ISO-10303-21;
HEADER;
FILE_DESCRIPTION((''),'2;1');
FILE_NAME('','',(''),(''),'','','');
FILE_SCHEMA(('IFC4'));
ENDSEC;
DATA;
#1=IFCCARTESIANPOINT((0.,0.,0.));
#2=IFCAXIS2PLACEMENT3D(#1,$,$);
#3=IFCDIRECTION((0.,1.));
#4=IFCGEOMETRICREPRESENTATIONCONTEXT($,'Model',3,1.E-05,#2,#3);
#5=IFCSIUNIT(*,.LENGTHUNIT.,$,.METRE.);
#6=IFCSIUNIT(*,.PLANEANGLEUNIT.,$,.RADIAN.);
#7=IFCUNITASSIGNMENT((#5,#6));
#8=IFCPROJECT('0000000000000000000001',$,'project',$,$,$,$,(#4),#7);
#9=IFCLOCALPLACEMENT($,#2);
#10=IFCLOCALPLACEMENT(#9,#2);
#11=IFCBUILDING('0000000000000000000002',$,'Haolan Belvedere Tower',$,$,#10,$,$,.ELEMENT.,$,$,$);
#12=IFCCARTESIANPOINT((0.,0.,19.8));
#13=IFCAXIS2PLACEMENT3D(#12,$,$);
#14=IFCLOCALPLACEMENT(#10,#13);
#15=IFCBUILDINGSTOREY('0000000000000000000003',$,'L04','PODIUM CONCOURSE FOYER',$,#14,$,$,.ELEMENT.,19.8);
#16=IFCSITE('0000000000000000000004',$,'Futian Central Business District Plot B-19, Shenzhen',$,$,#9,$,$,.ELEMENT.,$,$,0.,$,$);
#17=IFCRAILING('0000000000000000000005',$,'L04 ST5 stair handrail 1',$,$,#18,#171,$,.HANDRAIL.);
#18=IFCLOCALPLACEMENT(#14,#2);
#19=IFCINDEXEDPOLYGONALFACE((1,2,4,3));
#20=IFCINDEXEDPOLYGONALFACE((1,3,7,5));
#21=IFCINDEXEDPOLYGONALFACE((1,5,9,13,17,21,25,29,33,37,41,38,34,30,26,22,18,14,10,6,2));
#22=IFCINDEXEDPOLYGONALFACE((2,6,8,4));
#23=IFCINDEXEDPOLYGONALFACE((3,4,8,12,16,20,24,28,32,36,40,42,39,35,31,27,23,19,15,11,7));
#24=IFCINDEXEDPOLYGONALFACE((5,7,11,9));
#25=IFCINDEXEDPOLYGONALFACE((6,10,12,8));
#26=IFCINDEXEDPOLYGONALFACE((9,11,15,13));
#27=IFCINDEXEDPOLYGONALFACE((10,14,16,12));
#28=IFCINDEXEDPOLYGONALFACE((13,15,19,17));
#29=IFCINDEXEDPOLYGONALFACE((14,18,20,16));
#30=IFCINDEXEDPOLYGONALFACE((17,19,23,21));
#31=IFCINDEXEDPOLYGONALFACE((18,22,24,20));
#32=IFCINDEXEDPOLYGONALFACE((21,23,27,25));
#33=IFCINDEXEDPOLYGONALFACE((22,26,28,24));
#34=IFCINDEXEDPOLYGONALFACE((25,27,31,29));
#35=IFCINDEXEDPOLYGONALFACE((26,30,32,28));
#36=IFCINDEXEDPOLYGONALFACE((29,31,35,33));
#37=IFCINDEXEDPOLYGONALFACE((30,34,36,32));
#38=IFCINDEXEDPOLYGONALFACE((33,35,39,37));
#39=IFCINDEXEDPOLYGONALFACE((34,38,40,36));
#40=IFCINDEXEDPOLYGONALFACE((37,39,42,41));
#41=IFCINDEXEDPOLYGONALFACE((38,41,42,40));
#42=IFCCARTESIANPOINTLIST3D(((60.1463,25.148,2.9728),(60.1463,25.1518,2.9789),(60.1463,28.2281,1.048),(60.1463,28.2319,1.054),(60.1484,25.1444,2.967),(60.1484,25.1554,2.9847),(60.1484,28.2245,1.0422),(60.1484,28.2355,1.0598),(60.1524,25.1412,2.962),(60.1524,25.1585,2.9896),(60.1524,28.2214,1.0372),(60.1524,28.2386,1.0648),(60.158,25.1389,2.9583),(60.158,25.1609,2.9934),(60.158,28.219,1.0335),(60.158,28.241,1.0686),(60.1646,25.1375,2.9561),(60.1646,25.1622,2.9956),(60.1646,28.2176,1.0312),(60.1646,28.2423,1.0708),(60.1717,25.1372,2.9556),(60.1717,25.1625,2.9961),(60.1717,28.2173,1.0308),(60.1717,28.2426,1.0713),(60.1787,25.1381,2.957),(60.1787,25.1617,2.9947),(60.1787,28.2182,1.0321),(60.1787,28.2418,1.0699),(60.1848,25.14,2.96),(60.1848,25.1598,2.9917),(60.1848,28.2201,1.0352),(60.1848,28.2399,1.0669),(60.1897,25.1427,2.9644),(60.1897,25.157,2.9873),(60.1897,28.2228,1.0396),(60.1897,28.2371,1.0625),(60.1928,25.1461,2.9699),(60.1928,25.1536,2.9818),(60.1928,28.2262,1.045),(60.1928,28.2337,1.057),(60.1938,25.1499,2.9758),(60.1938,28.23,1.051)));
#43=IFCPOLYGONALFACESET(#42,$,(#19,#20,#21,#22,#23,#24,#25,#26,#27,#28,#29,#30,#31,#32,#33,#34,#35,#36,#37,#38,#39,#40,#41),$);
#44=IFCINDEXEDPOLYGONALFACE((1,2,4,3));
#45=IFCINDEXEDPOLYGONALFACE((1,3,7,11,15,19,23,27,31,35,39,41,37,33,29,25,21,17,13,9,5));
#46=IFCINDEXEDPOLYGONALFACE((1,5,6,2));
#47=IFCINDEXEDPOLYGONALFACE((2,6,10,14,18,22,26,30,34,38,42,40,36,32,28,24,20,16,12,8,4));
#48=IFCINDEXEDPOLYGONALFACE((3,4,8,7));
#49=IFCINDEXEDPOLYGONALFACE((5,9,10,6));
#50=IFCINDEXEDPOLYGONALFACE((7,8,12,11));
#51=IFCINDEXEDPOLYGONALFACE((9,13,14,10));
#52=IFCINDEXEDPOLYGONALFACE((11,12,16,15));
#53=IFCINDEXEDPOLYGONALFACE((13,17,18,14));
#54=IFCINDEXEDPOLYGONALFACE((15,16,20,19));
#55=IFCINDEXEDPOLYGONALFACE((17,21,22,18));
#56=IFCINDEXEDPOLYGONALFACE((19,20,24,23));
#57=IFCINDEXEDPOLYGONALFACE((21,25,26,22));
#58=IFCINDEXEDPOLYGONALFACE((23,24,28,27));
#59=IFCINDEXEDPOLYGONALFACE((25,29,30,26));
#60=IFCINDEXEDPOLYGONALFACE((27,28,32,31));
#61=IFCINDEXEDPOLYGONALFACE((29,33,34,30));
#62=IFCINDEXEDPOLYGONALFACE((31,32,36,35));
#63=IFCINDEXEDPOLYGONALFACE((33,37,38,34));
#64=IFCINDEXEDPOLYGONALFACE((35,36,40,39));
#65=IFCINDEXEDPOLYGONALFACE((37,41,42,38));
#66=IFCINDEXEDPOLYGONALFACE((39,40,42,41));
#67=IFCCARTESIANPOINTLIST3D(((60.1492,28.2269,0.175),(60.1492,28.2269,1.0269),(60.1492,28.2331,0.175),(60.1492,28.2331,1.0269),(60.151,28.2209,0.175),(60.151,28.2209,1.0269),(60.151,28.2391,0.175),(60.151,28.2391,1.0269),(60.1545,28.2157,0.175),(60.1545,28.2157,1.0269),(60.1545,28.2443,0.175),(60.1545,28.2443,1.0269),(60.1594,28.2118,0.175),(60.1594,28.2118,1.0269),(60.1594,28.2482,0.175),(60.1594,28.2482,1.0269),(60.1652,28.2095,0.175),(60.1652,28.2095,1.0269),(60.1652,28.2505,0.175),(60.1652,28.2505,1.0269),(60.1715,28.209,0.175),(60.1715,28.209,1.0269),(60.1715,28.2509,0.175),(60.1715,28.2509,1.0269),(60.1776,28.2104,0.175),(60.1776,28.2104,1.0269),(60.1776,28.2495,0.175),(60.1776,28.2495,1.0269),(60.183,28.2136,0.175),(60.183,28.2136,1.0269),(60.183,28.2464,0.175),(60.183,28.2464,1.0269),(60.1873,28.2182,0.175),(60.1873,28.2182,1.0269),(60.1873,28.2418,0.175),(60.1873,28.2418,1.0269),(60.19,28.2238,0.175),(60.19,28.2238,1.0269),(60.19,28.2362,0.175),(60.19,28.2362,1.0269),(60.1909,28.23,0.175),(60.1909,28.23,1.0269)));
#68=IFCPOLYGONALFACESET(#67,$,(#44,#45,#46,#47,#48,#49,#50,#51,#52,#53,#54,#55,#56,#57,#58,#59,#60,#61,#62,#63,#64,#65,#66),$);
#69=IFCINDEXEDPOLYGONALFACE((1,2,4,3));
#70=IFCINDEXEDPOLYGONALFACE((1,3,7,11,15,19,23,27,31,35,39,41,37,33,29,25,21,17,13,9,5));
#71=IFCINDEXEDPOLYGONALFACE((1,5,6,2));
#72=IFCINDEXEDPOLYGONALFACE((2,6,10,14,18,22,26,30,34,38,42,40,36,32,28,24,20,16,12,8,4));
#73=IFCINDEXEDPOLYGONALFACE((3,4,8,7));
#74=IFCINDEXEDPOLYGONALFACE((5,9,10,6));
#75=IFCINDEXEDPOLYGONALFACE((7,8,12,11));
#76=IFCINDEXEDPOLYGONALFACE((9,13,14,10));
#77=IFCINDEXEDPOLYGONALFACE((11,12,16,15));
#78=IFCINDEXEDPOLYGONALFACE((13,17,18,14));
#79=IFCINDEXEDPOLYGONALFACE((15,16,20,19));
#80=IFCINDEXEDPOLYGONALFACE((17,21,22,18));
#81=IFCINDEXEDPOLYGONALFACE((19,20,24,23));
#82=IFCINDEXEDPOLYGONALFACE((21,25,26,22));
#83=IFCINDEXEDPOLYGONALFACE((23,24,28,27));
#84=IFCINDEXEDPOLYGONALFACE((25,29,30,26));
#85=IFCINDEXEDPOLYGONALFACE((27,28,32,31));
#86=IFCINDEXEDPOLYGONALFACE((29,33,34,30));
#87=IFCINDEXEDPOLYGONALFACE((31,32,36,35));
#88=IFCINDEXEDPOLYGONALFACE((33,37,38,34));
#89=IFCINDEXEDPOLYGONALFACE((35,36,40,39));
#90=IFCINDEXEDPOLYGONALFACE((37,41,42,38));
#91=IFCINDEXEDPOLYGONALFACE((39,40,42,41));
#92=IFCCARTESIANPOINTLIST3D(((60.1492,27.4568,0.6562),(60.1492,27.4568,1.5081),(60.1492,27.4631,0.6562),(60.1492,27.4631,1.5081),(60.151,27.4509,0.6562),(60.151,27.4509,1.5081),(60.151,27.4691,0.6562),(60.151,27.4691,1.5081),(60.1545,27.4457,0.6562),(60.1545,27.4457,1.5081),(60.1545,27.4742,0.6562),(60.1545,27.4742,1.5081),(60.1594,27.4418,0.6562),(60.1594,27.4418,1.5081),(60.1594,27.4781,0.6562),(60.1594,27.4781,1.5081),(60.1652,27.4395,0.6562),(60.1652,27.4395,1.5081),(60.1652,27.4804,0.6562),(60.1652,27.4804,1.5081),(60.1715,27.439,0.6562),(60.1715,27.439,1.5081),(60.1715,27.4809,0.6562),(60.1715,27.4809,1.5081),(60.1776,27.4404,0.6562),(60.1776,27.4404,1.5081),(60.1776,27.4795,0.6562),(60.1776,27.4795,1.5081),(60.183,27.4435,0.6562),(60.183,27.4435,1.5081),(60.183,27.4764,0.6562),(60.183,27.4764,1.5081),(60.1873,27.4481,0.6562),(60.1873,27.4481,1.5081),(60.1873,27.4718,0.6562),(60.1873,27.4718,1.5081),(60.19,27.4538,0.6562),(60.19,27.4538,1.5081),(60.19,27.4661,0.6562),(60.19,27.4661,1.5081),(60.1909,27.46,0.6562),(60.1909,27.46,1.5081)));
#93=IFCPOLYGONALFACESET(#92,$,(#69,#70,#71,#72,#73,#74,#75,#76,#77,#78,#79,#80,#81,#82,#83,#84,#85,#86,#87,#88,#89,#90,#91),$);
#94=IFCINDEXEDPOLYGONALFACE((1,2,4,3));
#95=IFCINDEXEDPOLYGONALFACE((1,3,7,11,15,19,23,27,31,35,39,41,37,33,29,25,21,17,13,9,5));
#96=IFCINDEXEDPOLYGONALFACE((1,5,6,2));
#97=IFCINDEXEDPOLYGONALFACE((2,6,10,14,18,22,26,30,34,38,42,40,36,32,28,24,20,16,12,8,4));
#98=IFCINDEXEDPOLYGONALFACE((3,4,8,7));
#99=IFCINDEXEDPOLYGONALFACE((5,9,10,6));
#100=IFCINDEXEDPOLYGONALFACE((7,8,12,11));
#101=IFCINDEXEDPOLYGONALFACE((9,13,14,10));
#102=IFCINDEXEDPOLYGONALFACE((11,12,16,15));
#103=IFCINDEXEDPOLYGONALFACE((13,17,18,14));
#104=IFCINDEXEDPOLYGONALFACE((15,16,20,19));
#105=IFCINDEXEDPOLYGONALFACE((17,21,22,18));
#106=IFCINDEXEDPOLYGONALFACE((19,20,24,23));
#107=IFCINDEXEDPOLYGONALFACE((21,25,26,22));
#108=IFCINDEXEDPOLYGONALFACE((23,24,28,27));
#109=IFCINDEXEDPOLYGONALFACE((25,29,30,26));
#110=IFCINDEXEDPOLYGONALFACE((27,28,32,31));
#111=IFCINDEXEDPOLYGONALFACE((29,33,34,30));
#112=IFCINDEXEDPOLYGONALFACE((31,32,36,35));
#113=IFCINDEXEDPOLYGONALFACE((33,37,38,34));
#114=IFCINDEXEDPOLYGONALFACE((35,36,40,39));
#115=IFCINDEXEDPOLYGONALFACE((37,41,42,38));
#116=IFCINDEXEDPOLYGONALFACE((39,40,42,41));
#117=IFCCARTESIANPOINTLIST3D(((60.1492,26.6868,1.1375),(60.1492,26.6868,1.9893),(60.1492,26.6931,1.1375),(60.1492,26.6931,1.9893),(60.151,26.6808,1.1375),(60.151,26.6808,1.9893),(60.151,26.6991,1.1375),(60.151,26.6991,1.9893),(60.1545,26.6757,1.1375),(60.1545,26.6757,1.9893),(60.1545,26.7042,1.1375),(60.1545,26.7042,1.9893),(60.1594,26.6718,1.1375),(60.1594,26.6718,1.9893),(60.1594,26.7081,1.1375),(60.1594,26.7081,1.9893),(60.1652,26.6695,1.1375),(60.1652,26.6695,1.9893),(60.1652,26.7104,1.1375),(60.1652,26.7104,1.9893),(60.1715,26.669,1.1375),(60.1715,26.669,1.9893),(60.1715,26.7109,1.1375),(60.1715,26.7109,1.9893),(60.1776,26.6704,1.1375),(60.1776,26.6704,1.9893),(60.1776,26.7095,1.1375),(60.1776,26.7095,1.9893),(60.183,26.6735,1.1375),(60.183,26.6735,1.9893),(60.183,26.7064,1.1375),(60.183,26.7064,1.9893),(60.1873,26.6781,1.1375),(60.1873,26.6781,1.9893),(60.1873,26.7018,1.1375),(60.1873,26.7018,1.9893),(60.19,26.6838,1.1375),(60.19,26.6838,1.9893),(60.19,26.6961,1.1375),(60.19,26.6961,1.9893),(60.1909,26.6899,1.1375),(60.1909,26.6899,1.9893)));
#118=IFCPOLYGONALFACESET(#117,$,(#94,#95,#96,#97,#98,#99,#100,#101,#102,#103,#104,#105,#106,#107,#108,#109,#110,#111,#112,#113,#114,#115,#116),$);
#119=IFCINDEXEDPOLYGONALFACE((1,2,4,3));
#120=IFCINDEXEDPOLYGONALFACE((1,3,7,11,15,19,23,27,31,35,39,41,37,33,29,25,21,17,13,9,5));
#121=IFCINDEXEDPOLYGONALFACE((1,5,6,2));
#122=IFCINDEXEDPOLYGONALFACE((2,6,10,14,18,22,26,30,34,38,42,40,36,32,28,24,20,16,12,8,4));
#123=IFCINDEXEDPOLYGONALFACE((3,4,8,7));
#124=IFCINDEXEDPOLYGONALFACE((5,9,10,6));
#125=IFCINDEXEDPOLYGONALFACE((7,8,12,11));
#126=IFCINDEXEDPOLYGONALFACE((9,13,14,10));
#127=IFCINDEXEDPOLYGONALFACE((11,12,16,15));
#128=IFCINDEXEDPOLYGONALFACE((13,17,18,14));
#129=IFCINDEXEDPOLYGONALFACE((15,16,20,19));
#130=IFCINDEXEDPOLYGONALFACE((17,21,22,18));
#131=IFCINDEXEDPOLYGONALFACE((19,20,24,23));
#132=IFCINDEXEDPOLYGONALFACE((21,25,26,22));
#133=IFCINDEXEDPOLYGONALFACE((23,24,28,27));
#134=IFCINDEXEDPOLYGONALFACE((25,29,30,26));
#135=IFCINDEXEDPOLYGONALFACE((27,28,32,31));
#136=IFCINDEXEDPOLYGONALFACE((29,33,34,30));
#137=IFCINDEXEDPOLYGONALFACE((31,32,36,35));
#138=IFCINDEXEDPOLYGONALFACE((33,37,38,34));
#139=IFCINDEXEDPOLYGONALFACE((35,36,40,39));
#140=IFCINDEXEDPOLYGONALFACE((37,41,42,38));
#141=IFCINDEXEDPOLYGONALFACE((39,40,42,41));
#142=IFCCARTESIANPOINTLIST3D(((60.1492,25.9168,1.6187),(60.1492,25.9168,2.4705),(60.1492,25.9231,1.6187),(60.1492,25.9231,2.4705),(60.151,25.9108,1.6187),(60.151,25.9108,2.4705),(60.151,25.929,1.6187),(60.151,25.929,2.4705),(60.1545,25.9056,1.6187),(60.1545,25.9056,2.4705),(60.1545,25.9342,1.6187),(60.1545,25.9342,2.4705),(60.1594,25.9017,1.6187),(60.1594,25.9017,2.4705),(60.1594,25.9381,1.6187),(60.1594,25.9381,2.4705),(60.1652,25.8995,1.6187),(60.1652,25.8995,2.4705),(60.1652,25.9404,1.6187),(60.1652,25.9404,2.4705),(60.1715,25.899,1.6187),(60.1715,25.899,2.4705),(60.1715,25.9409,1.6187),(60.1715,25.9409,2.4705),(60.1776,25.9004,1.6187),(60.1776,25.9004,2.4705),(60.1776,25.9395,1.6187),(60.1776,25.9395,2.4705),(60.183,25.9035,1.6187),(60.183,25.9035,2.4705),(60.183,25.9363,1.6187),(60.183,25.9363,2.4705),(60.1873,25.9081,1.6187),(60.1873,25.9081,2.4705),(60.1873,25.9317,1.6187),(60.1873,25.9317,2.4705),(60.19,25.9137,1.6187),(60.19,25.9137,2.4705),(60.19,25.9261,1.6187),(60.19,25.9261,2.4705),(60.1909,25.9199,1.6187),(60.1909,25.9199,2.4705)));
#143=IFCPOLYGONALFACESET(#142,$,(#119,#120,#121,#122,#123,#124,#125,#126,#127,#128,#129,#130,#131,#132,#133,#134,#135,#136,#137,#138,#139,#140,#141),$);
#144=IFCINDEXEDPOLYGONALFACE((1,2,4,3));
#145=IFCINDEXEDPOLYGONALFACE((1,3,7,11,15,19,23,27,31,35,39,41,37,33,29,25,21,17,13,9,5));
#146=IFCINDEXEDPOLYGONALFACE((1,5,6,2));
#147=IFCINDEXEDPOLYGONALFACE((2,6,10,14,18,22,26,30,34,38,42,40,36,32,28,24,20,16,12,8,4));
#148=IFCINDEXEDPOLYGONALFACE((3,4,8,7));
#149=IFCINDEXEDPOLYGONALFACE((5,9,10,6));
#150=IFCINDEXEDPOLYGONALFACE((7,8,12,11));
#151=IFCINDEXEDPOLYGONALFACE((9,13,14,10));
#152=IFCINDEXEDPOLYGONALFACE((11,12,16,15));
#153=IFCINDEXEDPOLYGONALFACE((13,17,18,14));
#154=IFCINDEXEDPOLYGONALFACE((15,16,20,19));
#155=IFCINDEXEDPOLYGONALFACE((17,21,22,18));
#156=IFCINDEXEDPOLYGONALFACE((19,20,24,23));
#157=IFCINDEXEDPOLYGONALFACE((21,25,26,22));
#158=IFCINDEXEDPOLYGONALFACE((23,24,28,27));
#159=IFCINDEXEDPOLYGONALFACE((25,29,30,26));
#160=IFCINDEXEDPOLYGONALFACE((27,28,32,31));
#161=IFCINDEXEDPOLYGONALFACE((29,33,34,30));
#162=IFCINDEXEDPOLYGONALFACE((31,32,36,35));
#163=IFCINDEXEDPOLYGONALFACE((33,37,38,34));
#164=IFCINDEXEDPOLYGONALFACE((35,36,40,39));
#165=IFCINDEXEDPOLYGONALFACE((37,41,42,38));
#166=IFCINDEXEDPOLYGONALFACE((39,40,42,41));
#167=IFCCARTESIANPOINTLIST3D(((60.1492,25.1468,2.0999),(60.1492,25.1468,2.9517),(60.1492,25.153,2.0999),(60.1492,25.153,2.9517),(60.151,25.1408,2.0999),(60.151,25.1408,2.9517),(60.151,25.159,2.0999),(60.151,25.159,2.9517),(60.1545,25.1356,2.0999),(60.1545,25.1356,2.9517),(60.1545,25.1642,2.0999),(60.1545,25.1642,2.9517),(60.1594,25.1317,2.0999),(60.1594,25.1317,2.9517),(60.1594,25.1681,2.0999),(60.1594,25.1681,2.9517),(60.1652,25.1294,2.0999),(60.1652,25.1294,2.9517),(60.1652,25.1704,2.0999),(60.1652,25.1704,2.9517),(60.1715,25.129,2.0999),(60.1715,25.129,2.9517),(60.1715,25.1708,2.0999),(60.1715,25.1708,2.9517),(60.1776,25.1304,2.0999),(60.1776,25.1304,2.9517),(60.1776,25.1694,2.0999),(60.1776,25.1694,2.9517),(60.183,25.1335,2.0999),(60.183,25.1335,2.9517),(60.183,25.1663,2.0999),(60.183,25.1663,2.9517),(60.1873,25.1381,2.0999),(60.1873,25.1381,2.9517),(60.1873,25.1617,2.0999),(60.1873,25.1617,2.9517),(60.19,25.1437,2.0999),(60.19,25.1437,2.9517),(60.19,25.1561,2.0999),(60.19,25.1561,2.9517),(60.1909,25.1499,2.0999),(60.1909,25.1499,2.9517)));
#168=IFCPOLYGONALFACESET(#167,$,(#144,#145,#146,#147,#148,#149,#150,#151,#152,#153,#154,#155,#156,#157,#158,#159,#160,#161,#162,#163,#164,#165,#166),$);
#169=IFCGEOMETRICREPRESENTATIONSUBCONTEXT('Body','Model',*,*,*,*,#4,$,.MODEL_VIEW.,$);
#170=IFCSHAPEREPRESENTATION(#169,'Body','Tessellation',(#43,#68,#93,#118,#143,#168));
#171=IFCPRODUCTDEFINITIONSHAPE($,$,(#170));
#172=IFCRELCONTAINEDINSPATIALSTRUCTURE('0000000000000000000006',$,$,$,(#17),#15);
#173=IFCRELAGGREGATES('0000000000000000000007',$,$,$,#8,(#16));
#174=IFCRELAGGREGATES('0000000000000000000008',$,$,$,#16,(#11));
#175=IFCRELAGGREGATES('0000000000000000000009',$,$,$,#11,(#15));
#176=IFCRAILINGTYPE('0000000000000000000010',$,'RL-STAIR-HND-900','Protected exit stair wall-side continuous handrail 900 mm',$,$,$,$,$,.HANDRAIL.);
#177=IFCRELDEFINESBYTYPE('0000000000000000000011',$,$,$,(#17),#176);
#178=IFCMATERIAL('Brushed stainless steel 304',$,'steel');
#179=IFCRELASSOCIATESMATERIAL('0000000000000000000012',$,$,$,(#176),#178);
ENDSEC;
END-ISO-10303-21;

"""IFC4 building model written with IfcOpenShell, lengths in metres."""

from ifc_helpers import new_model, si_unit, direction, frame, origin, origin_2d, place, context, subcontext, project, spatial, circle, extrude, material, type_object, element, save


model = new_model("IFC4")

# Units and contexts
model_context = context("Model", 3, precision=1e-05, world=origin(), true_north=direction((0.0, 1.0)))
body_context = subcontext(model_context, "Body", "Model", "MODEL_VIEW")
ifc_project = project(units=[si_unit("LENGTHUNIT", "METRE"), si_unit("PLANEANGLEUNIT", "RADIAN")], contexts=[model_context])

# Site, building, storey
site_placement = place(None, origin())
site = spatial("IfcSite", under=ifc_project, at=site_placement, Name="Futian Central Business District Plot B-19, Shenzhen", CompositionType="ELEMENT", RefElevation=0.0)
building_placement = place(site_placement, origin())
building = spatial("IfcBuilding", under=site, at=building_placement, Name="Haolan Belvedere Tower", CompositionType="ELEMENT")
storey_placement = place(building_placement, frame((0.0, 0.0, 19.8)))
storey = spatial("IfcBuildingStorey", under=building, at=storey_placement, Name="L04", Description="PODIUM CONCOURSE FOYER", CompositionType="ELEMENT", Elevation=19.8)

# Railing
ifc_material_1 = material(Name="Brushed stainless steel 304", Category="steel")
railing_type_1 = type_object("IfcRailingType", Name="RL-STAIR-HND-900", Description="Protected exit stair wall-side continuous handrail 900 mm", PredefinedType="HANDRAIL", material=ifc_material_1)
railing_1_placement = place(storey_placement, frame((60.1699, 28.23, 0.175)))
element("IfcRailing", 1, at=railing_1_placement, inside=storey, type_object=railing_type_1, Name="L04 ST5 stair handrail 1", PredefinedType="HANDRAIL", context=body_context, shape_type="SweptSolid", body=[
    extrude(circle(Radius=0.0239, at=origin_2d()), frame((0.0, 0.0, 0.876), z_axis=(0.0, -0.848029, 0.529951), x_axis=(1.0, 0.0, 0.0)), (0.0, 0.0, 1.0), 3.6321),
    extrude(circle(Radius=0.021, at=origin_2d()), origin(), (0.0, 0.0, 1.0), 0.8518),
    extrude(circle(Radius=0.021, at=origin_2d()), frame((0.0, -0.77, 0.4812)), (0.0, 0.0, 1.0), 0.8518),
    extrude(circle(Radius=0.021, at=origin_2d()), frame((0.0, -1.54, 0.9624)), (0.0, 0.0, 1.0), 0.8518),
    extrude(circle(Radius=0.021, at=origin_2d()), frame((0.0, -2.3101, 1.4436)), (0.0, 0.0, 1.0), 0.8518),
    extrude(circle(Radius=0.021, at=origin_2d()), frame((0.0, -3.0801, 1.9248)), (0.0, 0.0, 1.0), 0.8518),
])

save(model, "model.ifc")
